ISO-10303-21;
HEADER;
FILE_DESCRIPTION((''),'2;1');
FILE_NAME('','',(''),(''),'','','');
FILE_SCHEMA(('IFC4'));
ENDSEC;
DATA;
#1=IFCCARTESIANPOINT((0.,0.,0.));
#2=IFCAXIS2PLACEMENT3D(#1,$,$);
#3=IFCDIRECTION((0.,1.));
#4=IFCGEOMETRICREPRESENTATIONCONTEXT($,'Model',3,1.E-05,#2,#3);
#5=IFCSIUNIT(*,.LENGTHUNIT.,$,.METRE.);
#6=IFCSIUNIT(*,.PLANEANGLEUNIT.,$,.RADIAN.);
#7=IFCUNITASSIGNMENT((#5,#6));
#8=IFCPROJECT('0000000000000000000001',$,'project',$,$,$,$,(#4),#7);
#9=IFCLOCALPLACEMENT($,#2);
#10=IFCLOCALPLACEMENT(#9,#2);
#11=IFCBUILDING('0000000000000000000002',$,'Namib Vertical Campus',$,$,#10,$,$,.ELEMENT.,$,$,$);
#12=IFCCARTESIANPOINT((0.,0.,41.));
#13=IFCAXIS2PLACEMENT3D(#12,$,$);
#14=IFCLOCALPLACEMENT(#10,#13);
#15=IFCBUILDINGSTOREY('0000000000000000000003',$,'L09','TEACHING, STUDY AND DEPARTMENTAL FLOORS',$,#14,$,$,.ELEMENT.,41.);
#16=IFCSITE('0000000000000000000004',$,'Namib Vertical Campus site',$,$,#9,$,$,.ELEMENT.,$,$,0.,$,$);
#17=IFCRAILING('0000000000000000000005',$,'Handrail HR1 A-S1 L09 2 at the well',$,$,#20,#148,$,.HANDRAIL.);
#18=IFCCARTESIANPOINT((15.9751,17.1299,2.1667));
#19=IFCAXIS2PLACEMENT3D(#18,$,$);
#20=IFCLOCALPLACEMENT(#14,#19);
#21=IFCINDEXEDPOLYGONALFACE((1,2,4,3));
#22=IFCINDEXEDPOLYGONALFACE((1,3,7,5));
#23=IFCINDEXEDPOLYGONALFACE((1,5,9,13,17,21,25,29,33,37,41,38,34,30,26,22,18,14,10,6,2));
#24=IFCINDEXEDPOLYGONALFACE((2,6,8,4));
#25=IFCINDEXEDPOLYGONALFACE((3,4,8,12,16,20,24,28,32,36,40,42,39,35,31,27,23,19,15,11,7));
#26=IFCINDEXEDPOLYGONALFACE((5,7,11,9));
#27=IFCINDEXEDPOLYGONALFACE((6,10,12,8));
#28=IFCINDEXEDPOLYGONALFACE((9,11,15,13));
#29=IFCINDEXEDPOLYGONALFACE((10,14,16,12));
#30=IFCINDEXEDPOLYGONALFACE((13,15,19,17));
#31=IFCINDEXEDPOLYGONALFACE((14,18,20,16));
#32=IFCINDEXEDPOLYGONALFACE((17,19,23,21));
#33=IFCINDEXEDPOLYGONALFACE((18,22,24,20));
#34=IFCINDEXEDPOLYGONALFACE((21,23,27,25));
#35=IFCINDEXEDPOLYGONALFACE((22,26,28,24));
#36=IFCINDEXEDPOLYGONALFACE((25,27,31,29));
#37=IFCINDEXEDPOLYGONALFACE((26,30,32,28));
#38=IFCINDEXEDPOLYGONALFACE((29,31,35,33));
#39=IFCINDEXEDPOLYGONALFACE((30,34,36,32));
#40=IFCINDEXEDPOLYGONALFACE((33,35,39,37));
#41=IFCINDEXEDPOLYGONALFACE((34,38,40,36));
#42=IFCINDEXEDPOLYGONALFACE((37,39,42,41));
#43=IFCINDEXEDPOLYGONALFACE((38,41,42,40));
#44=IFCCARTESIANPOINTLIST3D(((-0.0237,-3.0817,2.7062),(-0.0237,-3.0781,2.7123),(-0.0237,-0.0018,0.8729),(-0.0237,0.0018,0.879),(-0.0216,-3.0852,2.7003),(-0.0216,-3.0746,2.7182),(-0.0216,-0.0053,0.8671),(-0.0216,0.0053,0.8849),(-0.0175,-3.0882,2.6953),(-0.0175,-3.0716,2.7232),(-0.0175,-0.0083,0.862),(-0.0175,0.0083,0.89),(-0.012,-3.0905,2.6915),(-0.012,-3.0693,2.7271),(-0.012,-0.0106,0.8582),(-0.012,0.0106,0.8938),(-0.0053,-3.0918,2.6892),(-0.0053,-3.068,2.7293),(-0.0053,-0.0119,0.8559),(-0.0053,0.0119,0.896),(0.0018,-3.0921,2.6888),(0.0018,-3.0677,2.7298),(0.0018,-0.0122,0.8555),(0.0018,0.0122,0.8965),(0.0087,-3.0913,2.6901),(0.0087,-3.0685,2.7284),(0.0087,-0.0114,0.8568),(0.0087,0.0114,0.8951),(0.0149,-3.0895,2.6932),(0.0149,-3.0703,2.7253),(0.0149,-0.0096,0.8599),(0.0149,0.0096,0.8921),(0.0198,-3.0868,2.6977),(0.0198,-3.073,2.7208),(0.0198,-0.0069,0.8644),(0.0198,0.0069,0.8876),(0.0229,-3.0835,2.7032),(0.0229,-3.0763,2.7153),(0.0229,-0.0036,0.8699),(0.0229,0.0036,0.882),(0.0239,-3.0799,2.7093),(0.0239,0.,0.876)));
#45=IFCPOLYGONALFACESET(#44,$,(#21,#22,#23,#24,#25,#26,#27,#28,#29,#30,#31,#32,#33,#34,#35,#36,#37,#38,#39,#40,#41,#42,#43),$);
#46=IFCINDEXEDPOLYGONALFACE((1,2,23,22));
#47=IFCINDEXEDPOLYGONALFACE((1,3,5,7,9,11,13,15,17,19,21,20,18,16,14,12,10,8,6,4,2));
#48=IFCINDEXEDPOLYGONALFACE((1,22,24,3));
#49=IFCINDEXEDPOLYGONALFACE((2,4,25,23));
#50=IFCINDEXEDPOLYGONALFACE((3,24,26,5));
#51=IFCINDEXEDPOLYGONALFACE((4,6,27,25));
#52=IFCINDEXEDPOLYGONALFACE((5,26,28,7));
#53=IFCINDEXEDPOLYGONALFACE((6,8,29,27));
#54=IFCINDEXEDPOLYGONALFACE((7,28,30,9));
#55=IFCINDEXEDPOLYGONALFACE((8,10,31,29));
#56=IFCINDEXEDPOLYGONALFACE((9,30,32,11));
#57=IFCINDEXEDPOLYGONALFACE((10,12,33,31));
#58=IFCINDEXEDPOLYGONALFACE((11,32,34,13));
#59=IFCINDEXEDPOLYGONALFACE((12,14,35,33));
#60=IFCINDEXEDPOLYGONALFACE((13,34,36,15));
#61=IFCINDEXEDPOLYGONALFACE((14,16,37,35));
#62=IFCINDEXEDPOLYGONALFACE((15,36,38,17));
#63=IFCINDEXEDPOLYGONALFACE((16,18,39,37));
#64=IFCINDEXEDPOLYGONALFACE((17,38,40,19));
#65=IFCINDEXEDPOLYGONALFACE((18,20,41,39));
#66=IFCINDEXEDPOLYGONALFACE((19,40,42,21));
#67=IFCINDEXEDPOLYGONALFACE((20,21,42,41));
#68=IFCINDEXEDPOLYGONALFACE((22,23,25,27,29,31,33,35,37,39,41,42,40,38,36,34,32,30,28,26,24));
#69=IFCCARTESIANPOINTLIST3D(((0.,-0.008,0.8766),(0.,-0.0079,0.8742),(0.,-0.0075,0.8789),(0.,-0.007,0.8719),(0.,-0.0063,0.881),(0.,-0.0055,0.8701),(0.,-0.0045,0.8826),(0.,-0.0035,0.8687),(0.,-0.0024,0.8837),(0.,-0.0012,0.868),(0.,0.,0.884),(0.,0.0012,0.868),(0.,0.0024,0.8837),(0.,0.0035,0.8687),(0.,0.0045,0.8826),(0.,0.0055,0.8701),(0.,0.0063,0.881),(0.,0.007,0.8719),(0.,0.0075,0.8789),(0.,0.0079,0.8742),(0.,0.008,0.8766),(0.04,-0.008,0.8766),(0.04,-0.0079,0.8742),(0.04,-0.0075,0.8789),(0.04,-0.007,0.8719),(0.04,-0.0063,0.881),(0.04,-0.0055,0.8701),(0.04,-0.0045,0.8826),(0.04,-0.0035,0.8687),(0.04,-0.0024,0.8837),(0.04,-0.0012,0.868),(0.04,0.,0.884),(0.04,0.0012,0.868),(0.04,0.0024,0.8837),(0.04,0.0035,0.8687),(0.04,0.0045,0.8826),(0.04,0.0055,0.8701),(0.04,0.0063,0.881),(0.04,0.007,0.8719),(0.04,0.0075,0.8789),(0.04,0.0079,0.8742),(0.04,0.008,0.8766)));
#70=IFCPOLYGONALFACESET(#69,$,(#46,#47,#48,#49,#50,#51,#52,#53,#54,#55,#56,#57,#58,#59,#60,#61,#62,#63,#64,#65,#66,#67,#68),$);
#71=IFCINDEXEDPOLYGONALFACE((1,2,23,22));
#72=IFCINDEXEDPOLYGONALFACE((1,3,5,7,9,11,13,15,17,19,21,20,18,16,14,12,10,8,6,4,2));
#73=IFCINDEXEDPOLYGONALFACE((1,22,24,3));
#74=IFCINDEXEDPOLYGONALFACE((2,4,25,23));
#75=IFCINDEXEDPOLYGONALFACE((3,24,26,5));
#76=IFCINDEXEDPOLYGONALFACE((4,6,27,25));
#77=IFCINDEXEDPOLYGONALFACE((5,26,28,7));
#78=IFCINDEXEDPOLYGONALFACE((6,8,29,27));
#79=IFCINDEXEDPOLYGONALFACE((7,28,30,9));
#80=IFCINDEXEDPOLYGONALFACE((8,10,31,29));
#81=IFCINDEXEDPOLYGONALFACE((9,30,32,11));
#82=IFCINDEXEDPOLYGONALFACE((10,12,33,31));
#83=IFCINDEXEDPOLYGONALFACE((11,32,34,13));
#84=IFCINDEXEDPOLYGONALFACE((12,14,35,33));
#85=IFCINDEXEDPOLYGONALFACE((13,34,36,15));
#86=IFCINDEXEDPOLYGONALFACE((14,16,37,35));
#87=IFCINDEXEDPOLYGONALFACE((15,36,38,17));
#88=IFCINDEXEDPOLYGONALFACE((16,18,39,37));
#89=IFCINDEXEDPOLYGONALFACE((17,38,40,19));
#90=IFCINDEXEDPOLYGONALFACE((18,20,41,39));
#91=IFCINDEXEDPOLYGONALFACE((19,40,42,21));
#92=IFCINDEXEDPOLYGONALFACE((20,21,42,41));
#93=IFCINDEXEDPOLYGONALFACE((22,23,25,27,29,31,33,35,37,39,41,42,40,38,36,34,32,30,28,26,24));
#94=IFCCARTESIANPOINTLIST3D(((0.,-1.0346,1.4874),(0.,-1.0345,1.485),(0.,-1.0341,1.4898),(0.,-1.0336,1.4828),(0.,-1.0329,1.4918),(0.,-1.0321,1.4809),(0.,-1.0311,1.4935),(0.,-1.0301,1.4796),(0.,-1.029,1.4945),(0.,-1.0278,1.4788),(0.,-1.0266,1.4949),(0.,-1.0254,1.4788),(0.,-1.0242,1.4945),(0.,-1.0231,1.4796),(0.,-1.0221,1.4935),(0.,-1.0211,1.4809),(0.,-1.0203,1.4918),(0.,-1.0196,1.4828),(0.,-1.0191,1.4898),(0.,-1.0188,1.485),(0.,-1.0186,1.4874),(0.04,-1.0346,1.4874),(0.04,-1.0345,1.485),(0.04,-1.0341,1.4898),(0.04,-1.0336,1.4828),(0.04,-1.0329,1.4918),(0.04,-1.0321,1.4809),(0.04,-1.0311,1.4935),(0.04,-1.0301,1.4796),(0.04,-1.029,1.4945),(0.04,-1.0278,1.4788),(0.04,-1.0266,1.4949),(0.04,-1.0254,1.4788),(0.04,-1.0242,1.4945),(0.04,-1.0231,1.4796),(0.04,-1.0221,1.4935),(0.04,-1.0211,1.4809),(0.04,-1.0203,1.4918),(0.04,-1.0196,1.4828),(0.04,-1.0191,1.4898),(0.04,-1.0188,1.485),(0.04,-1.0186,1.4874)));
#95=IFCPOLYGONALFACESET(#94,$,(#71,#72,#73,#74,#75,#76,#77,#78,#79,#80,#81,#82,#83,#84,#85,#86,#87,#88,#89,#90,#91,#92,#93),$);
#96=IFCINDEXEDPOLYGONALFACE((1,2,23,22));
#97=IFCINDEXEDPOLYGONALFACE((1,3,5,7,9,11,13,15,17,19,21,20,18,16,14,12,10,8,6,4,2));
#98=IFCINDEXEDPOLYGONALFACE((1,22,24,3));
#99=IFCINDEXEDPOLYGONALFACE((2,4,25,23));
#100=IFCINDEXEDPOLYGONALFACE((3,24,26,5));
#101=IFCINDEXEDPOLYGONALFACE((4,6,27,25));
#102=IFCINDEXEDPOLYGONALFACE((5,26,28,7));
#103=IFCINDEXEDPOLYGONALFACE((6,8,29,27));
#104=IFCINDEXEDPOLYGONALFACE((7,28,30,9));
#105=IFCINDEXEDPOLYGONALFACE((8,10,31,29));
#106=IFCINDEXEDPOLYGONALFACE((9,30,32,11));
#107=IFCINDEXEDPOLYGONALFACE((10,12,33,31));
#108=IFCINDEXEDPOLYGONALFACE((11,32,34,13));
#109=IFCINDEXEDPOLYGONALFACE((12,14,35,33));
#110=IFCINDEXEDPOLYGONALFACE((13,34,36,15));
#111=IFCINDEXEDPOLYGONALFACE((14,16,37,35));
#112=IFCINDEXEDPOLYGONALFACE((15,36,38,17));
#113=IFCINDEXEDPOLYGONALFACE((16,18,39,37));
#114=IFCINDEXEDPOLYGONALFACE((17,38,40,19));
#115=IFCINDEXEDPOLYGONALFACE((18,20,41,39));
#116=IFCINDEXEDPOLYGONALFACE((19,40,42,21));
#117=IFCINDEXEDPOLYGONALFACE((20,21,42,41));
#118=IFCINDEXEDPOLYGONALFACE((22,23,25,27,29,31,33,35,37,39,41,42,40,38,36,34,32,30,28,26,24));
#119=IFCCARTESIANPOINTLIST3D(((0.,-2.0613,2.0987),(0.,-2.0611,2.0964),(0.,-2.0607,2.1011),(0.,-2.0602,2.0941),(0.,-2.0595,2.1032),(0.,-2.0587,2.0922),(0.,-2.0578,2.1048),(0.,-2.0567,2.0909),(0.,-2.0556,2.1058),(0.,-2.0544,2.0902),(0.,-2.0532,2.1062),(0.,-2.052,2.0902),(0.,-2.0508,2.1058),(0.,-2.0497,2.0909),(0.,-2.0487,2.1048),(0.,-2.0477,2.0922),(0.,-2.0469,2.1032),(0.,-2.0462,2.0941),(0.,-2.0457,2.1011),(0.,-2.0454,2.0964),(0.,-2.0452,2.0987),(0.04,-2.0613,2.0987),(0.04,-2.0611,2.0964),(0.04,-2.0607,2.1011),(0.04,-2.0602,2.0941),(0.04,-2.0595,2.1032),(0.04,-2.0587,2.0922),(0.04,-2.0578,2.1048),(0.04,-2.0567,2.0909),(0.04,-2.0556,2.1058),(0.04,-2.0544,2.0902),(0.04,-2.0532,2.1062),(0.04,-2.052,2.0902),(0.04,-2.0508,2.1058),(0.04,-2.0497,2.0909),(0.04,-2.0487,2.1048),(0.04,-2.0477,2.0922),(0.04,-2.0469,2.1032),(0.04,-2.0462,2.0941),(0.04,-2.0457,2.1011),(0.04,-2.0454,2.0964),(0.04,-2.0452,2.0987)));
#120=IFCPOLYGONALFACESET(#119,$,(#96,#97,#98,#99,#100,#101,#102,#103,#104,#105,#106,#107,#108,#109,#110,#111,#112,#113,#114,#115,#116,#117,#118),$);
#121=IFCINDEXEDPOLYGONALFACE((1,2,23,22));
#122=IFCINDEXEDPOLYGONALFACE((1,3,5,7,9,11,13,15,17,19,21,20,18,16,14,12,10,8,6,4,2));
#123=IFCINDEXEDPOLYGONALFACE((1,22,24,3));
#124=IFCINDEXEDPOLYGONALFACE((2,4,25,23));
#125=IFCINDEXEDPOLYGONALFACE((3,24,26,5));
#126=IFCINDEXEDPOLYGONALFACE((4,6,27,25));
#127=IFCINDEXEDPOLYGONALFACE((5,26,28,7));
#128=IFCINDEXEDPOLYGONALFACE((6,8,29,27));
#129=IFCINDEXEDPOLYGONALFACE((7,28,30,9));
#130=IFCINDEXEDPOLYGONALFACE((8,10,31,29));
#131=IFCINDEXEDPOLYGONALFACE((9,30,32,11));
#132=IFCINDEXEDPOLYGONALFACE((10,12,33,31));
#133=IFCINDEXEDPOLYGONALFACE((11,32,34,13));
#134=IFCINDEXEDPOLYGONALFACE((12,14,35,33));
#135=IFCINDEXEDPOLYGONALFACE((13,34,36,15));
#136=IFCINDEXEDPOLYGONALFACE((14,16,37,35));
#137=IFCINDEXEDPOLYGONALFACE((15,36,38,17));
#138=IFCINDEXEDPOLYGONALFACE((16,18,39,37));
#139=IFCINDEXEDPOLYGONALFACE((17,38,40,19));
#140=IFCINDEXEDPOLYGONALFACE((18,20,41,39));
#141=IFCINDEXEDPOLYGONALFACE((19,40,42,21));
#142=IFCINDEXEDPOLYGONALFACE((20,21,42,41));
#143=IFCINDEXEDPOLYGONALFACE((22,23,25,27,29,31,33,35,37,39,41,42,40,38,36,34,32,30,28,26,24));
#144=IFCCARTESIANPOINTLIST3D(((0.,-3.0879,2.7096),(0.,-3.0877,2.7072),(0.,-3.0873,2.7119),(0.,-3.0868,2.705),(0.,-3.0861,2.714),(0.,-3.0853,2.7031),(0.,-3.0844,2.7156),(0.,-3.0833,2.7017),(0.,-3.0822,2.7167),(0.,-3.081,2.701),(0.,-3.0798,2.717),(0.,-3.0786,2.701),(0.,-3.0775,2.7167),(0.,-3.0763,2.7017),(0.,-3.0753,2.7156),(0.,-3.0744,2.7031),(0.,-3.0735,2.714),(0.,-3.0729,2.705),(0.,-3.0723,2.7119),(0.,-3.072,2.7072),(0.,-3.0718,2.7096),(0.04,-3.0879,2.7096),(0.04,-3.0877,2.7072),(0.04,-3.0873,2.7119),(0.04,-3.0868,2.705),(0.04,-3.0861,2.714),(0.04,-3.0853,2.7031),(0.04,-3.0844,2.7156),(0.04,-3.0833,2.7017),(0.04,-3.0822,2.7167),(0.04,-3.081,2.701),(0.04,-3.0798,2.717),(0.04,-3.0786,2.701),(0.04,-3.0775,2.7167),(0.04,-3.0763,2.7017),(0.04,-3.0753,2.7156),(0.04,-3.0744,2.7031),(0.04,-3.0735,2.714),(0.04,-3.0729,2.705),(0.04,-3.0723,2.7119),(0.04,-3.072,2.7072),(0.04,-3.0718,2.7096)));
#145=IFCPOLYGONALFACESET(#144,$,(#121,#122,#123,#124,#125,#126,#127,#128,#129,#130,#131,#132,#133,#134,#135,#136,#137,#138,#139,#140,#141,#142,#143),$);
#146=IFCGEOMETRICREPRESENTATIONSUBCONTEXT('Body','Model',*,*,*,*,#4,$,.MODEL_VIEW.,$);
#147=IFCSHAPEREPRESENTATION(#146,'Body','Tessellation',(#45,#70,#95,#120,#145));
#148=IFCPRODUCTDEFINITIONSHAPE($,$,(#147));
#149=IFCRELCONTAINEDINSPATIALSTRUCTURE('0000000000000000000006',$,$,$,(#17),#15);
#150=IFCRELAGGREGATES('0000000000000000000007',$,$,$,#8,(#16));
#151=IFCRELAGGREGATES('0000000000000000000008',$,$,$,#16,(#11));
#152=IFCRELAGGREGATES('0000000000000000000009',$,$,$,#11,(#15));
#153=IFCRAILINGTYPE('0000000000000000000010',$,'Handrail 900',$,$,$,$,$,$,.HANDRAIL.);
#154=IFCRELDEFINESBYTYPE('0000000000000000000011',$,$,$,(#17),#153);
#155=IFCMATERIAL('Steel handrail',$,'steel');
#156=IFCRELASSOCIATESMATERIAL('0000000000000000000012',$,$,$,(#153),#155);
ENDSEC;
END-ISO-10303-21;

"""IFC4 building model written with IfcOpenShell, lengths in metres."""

from ifc_helpers import new_model, si_unit, direction, frame, origin, origin_2d, place, context, subcontext, project, spatial, circle, extrude, material, type_object, element, save


model = new_model("IFC4")

# Units and contexts
model_context = context("Model", 3, precision=1e-05, world=origin(), true_north=direction((0.0, 1.0)))
body_context = subcontext(model_context, "Body", "Model", "MODEL_VIEW")
ifc_project = project(units=[si_unit("LENGTHUNIT", "METRE"), si_unit("PLANEANGLEUNIT", "RADIAN")], contexts=[model_context])

# Site, building, storey
site_placement = place(None, origin())
site = spatial("IfcSite", under=ifc_project, at=site_placement, Name="Namib Vertical Campus site", CompositionType="ELEMENT", RefElevation=0.0)
building_placement = place(site_placement, origin())
building = spatial("IfcBuilding", under=site, at=building_placement, Name="Namib Vertical Campus", CompositionType="ELEMENT")
storey_placement = place(building_placement, frame((0.0, 0.0, 41.0)))
storey = spatial("IfcBuildingStorey", under=building, at=storey_placement, Name="L09", Description="TEACHING, STUDY AND DEPARTMENTAL FLOORS", CompositionType="ELEMENT", Elevation=41.0)

# Railing
ifc_material_1 = material(Name="Steel handrail", Category="steel")
railing_type_1 = type_object("IfcRailingType", Name="Handrail 900", PredefinedType="HANDRAIL", material=ifc_material_1)
railing_1_placement = place(storey_placement, frame((15.9751, 17.1299, 2.1667)))
element("IfcRailing", 1, at=railing_1_placement, inside=storey, type_object=railing_type_1, Name="Handrail HR1 A-S1 L09 2 at the well", PredefinedType="HANDRAIL", context=body_context, shape_type="SweptSolid", body=[
    extrude(circle(Radius=0.0239, at=origin_2d()), frame((0.0, 0.0, 0.876), z_axis=(0.0, -0.859291, 0.511487), x_axis=(1.0, 0.0, 0.0)), (0.0, 0.0, 1.0), 3.5842),
    extrude(circle(Radius=0.0081, at=origin_2d()), frame((0.0, 0.0, 0.876), z_axis=(1.0, 0.0, 0.0), x_axis=(0.0, 0.0, 1.0)), (0.0, 0.0, 1.0), 0.04),
    extrude(circle(Radius=0.0081, at=origin_2d()), frame((0.0, -1.0266, 1.4868), z_axis=(1.0, 0.0, 0.0), x_axis=(0.0, 0.0, 1.0)), (0.0, 0.0, 1.0), 0.04),
    extrude(circle(Radius=0.0081, at=origin_2d()), frame((0.0, -2.0532, 2.0981), z_axis=(1.0, 0.0, 0.0), x_axis=(0.0, 0.0, 1.0)), (0.0, 0.0, 1.0), 0.04),
    extrude(circle(Radius=0.0081, at=origin_2d()), frame((0.0, -3.0798, 2.709), z_axis=(1.0, 0.0, 0.0), x_axis=(0.0, 0.0, 1.0)), (0.0, 0.0, 1.0), 0.04),
])

save(model, "model.ifc")
